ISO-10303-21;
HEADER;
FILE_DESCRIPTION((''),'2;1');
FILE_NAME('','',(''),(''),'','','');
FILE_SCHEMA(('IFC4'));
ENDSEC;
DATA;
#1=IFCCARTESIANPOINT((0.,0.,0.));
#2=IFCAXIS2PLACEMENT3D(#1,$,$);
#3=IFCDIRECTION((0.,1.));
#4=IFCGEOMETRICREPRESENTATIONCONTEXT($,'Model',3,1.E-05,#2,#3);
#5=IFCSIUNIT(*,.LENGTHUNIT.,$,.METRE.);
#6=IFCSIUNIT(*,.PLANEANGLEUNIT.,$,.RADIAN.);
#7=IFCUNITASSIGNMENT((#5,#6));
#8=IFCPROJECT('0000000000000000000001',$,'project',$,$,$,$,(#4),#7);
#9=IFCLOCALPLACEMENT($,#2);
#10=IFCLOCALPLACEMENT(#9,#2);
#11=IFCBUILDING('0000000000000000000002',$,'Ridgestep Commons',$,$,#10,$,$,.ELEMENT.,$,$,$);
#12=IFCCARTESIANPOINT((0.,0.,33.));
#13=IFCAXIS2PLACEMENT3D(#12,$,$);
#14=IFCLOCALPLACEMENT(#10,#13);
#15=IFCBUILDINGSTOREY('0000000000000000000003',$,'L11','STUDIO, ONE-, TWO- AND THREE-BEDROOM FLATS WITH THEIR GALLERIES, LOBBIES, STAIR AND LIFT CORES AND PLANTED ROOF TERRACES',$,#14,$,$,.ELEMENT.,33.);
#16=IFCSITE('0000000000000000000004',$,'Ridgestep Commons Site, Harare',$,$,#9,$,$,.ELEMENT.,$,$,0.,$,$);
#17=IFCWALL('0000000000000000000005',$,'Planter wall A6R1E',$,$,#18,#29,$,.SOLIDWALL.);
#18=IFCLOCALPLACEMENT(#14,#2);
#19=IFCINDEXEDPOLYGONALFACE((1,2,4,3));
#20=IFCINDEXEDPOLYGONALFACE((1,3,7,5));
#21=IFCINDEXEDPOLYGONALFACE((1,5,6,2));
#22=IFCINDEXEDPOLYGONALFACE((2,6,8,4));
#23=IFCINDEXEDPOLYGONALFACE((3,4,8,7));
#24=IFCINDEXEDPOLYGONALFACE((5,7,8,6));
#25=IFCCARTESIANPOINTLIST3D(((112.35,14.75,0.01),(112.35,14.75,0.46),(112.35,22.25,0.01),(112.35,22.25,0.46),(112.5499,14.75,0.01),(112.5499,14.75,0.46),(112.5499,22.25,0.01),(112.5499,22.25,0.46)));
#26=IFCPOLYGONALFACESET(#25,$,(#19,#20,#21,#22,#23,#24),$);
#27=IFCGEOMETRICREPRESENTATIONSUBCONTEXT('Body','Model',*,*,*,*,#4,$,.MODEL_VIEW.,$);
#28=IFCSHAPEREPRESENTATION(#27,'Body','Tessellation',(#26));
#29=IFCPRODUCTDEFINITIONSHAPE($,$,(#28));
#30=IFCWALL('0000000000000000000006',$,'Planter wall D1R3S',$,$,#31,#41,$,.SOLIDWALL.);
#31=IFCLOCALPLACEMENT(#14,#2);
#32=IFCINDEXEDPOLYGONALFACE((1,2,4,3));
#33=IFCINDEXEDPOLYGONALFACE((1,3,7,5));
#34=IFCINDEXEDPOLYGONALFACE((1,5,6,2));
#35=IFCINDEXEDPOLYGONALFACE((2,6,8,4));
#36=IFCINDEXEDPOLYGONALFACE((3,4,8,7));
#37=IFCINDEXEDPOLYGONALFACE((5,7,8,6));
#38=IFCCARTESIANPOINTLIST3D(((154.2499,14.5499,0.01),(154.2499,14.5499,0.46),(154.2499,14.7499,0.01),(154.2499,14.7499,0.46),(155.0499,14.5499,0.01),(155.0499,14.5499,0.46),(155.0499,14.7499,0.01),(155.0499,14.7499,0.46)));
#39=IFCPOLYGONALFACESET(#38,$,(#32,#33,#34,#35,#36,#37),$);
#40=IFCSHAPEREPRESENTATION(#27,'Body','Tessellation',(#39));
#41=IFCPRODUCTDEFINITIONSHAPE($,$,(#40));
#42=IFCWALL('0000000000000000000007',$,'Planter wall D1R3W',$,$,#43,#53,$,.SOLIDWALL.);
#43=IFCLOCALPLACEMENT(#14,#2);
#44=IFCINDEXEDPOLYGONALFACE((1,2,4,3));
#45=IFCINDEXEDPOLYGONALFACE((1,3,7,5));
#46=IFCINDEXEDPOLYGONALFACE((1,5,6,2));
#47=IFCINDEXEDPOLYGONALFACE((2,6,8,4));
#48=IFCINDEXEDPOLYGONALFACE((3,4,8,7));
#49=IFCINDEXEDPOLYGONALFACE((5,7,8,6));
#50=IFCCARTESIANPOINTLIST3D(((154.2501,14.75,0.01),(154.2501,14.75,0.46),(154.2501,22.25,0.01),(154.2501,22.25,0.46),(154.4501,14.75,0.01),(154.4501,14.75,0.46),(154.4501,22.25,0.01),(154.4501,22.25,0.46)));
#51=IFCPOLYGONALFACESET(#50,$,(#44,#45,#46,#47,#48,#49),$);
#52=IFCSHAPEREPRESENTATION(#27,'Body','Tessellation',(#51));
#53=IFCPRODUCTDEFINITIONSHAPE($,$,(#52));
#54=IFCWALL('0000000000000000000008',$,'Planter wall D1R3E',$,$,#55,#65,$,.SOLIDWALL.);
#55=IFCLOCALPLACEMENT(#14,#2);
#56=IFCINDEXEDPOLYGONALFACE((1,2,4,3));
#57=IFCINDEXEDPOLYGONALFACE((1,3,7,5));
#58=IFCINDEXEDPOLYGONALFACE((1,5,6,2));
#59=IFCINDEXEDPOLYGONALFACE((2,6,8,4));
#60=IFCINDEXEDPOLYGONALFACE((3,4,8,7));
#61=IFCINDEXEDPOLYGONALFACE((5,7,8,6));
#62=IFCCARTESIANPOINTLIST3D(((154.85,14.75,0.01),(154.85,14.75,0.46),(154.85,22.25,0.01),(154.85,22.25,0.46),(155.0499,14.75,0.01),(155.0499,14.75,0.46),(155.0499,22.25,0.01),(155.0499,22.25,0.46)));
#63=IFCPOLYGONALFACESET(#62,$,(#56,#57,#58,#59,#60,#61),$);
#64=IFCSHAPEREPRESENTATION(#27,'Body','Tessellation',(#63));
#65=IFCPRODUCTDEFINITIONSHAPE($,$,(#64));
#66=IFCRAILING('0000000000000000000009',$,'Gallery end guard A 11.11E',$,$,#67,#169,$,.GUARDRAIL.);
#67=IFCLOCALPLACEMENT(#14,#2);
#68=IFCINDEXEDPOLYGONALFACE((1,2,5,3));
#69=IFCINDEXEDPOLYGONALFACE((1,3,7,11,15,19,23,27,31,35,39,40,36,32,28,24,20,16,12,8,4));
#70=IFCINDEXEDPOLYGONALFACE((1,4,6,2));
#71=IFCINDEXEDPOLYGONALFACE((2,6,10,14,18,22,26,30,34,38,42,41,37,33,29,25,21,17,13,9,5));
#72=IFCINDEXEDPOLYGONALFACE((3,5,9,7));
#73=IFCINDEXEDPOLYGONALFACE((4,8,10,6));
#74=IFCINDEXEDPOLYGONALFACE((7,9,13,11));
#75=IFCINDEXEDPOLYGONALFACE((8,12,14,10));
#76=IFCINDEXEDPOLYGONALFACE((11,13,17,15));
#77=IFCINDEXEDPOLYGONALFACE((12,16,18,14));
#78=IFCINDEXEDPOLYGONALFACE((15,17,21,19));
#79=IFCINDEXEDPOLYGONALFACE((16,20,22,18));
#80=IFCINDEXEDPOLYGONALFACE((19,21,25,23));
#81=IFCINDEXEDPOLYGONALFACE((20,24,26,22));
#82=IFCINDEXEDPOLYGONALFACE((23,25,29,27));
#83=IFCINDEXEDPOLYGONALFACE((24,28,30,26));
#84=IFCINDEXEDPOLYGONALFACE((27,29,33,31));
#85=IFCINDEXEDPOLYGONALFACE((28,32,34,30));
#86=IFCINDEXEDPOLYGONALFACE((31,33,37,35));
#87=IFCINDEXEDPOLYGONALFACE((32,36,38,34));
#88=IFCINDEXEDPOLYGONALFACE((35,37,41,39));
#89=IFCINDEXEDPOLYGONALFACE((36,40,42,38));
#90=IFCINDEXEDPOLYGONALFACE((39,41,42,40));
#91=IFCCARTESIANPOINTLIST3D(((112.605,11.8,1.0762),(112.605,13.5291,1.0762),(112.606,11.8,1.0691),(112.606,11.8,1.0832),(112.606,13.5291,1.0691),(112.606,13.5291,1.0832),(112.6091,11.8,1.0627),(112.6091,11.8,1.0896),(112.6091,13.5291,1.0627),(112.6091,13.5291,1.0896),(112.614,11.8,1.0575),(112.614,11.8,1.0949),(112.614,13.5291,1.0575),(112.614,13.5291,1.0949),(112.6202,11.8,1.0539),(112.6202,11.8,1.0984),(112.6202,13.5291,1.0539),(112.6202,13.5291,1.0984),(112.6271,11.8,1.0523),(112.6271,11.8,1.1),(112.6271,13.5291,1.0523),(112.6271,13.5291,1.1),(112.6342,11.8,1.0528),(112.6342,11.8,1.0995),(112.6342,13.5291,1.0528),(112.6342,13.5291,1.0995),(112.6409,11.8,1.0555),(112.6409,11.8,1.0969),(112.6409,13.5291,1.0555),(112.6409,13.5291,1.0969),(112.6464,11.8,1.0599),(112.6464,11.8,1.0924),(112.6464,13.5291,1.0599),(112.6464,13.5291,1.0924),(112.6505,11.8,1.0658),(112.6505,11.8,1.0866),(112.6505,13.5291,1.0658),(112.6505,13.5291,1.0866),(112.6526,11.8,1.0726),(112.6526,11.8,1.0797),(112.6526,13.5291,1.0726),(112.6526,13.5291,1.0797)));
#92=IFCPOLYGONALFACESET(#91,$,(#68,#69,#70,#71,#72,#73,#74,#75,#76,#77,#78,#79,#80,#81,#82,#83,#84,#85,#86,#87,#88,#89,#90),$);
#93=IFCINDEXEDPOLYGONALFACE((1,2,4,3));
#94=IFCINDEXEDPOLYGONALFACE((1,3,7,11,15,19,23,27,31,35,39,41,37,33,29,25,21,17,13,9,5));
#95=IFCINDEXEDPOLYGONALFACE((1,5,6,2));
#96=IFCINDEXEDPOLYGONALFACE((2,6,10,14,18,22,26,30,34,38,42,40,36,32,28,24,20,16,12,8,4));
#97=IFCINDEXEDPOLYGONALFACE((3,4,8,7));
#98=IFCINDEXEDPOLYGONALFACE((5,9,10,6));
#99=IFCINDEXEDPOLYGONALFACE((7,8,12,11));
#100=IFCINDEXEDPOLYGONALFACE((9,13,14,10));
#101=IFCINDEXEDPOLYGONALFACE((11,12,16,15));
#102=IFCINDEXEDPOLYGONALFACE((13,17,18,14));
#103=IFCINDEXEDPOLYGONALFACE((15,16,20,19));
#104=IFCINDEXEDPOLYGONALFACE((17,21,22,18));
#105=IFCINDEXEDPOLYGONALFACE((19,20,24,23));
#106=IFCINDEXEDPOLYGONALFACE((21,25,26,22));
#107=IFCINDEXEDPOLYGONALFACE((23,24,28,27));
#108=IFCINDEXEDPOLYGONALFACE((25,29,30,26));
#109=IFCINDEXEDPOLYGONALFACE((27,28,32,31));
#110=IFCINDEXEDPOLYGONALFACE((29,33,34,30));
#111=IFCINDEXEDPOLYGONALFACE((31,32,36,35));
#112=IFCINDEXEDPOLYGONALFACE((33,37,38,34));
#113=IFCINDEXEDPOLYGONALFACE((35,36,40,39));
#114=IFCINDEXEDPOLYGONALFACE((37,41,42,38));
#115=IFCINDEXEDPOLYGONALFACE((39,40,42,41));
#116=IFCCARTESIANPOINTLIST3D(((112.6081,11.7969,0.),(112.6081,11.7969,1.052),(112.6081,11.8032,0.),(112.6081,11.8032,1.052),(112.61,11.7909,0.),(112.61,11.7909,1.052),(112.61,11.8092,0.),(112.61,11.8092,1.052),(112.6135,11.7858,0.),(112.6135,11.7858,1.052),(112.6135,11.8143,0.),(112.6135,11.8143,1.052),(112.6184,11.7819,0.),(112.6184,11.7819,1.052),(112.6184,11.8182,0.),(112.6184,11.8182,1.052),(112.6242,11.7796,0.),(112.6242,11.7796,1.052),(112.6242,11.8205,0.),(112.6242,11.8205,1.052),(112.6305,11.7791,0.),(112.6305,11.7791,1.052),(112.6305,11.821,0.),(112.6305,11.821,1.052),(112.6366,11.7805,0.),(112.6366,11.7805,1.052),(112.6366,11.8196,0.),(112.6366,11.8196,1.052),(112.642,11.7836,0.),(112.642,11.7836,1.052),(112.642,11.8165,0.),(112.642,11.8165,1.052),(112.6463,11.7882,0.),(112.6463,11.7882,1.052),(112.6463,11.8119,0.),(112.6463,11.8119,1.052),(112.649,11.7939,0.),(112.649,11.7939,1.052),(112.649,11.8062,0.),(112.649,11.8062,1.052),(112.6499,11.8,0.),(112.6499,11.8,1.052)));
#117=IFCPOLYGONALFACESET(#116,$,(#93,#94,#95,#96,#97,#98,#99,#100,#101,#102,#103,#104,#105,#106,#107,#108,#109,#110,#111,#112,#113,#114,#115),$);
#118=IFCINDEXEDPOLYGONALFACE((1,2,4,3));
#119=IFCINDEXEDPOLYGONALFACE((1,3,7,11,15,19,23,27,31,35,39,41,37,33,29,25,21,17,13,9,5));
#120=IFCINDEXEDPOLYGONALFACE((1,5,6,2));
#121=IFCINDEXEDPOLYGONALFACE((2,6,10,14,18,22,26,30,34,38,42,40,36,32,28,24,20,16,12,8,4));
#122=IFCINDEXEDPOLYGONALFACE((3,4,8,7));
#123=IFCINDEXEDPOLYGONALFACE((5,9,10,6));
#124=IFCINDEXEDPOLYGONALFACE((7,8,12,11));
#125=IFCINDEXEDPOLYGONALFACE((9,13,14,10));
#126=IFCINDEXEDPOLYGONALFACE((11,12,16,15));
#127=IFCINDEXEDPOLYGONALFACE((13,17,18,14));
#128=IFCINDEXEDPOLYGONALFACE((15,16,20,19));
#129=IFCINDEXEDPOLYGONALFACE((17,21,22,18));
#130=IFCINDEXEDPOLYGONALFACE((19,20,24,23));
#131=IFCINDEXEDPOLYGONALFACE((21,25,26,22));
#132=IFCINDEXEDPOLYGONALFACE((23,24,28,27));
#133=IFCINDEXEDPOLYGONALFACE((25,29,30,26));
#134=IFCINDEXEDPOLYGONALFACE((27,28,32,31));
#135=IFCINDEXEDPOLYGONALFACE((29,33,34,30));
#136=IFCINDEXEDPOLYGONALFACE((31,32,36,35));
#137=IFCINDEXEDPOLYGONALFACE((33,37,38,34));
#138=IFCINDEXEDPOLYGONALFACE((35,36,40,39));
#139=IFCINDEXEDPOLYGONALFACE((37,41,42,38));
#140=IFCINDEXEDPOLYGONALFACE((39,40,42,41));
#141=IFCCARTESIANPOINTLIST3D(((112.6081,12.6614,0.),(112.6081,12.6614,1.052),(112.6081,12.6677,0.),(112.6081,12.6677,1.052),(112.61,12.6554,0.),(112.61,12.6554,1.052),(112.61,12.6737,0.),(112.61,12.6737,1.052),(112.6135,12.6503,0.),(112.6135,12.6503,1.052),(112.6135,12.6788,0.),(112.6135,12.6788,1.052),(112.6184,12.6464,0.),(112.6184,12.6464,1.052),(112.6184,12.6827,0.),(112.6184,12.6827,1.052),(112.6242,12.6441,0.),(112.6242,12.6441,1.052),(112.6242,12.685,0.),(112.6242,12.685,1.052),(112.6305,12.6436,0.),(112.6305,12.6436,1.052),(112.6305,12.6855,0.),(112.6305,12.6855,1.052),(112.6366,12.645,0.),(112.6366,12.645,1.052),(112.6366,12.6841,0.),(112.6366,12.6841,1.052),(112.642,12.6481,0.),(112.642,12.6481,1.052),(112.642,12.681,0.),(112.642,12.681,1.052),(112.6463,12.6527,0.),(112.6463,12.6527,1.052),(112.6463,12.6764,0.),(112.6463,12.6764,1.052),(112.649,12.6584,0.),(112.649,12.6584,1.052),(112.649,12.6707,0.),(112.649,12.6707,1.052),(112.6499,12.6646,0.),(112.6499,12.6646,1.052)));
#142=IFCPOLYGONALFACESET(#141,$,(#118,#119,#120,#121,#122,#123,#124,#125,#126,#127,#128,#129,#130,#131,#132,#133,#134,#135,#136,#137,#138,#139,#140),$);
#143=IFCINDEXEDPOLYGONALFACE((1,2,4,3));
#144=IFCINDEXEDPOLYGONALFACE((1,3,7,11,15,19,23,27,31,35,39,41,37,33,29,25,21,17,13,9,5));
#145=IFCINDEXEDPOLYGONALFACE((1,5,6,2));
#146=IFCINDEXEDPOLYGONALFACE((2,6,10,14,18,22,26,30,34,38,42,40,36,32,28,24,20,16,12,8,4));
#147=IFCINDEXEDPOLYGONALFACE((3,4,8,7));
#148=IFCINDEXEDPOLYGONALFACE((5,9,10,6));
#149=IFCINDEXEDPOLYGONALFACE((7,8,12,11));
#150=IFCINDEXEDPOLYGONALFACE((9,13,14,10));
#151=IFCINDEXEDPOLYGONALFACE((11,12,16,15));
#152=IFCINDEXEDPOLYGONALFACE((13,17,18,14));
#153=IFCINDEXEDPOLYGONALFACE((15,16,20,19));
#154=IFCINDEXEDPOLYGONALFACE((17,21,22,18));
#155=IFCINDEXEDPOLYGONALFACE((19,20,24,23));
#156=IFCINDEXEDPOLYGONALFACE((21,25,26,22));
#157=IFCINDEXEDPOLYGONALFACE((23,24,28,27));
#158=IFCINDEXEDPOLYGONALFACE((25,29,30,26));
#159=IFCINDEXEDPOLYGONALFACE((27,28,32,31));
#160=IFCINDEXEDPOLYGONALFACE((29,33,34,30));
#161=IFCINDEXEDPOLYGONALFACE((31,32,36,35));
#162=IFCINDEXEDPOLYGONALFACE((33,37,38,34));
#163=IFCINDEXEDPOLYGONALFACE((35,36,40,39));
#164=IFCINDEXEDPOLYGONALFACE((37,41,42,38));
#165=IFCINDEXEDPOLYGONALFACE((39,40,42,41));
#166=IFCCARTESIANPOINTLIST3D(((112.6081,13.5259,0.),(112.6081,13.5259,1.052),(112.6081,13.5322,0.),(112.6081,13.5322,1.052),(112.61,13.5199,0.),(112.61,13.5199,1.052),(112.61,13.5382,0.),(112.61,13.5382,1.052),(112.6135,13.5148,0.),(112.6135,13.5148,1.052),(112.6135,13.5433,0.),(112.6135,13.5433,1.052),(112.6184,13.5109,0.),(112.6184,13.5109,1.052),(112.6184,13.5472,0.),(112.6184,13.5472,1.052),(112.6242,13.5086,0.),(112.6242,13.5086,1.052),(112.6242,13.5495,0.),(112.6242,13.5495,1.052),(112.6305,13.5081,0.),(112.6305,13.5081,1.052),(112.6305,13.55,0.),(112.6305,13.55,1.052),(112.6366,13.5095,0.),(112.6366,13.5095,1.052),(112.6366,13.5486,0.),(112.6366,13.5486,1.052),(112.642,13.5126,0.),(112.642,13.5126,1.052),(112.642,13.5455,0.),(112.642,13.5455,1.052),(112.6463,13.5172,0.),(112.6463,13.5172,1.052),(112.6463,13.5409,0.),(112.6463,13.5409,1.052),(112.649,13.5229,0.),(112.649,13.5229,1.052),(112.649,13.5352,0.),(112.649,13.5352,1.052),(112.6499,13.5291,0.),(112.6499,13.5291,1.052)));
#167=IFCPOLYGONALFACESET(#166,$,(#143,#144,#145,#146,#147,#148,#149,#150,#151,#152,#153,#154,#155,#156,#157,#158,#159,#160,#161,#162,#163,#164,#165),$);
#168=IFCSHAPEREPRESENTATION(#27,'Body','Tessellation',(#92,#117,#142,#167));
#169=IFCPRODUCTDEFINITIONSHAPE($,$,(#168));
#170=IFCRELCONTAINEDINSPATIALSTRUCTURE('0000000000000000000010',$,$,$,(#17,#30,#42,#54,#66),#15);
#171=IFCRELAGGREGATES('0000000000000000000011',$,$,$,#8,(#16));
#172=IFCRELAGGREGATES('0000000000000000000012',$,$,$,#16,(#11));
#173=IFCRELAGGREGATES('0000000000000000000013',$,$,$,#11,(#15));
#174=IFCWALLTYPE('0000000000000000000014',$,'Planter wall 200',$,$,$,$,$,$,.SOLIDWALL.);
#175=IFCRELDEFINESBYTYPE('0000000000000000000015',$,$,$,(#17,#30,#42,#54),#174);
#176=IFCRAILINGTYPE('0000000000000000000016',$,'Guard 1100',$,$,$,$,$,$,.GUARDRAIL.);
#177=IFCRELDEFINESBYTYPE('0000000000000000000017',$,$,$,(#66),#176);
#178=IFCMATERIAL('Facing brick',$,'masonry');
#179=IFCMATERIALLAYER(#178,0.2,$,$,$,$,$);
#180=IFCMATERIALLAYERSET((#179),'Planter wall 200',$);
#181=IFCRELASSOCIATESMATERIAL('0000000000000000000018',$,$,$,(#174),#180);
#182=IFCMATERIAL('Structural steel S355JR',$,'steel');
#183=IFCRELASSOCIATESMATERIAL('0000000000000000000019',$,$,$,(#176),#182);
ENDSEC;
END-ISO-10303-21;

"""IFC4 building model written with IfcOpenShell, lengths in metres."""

from ifc_helpers import new_model, si_unit, direction, frame, frame_2d, origin, origin_2d, place, context, subcontext, project, spatial, rectangle, circle, extrude, material, layer, layer_set, type_object, element, save


model = new_model("IFC4")

# Units and contexts
model_context = context("Model", 3, precision=1e-05, world=origin(), true_north=direction((0.0, 1.0)))
body_context = subcontext(model_context, "Body", "Model", "MODEL_VIEW")
ifc_project = project(units=[si_unit("LENGTHUNIT", "METRE"), si_unit("PLANEANGLEUNIT", "RADIAN")], contexts=[model_context])

# Site, building, storey
site_placement = place(None, origin())
site = spatial("IfcSite", under=ifc_project, at=site_placement, Name="Ridgestep Commons Site, Harare", CompositionType="ELEMENT", RefElevation=0.0)
building_placement = place(site_placement, origin())
building = spatial("IfcBuilding", under=site, at=building_placement, Name="Ridgestep Commons", CompositionType="ELEMENT")
storey_placement = place(building_placement, frame((0.0, 0.0, 33.0)))
storey = spatial("IfcBuildingStorey", under=building, at=storey_placement, Name="L11", Description="STUDIO, ONE-, TWO- AND THREE-BEDROOM FLATS WITH THEIR GALLERIES, LOBBIES, STAIR AND LIFT CORES AND PLANTED ROOF TERRACES", CompositionType="ELEMENT", Elevation=33.0)

# Walls
ifc_material_1 = material(Name="Facing brick", Category="masonry")
ifc_layer_1 = layer(ifc_material_1, 0.2)
ifc_layer_set_1 = layer_set([ifc_layer_1], Name="Planter wall 200")
wall_type_1 = type_object("IfcWallType", Name="Planter wall 200", PredefinedType="SOLIDWALL", material=ifc_layer_set_1)
wall_1_placement = place(storey_placement, frame((112.45, 14.75, 0.01), z_axis=(0.0, 0.0, 1.0), x_axis=(0.0, 1.0, 0.0)))
element("IfcWall", 1, at=wall_1_placement, inside=storey, type_object=wall_type_1, Name="Planter wall A6R1E", PredefinedType="SOLIDWALL", context=body_context, shape_type="SweptSolid", body=[
    extrude(rectangle(XDim=7.5, YDim=0.2, at=frame_2d((3.75, 0.0))), origin(), (0.0, 0.0, 1.0), 0.45),
])
wall_2_placement = place(storey_placement, frame((154.25, 14.6499, 0.01), z_axis=(0.0, 0.0, 1.0), x_axis=(1.0, 0.0, 0.0)))
element("IfcWall", 2, at=wall_2_placement, inside=storey, type_object=wall_type_1, Name="Planter wall D1R3S", PredefinedType="SOLIDWALL", context=body_context, shape_type="SweptSolid", body=[
    extrude(rectangle(XDim=0.8, YDim=0.2, at=frame_2d((0.3999, 0.0))), origin(), (0.0, 0.0, 1.0), 0.45),
])
for number, where, z_axis, x_axis, name in (
    (3, (154.3501, 14.75, 0.01), (0.0, 0.0, 1.0), (0.0, 1.0, 0.0), "Planter wall D1R3W"),
    (4, (154.95, 14.75, 0.01), (0.0, 0.0, 1.0), (0.0, 1.0, 0.0), "Planter wall D1R3E"),
):
    element("IfcWall", number, at=place(storey_placement, frame(where, z_axis=z_axis, x_axis=x_axis)), inside=storey, type_object=wall_type_1, Name=name, PredefinedType="SOLIDWALL", context=body_context, shape_type="SweptSolid", body=[
        extrude(rectangle(XDim=7.5, YDim=0.2, at=frame_2d((3.75, 0.0))), origin(), (0.0, 0.0, 1.0), 0.45),
    ])

# Railing
ifc_material_2 = material(Name="Structural steel S355JR", Category="steel")
railing_type = type_object("IfcRailingType", Name="Guard 1100", PredefinedType="GUARDRAIL", material=ifc_material_2)
railing_1_placement = place(storey_placement, frame((112.6289, 11.8, 0.0)))
element("IfcRailing", 5, at=railing_1_placement, inside=storey, type_object=railing_type, Name="Gallery end guard A 11.11E", PredefinedType="GUARDRAIL", context=body_context, shape_type="SweptSolid", body=[
    extrude(circle(Radius=0.0239, at=origin_2d()), frame((0.0, 0.0, 1.0762), z_axis=(0.0, 1.0, 0.0), x_axis=(-1.0, 0.0, 0.0)), (0.0, 0.0, 1.0), 1.729),
    extrude(circle(Radius=0.021, at=origin_2d()), origin(), (0.0, 0.0, 1.0), 1.052),
    extrude(circle(Radius=0.021, at=origin_2d()), frame((0.0, 0.8645, 0.0)), (0.0, 0.0, 1.0), 1.052),
    extrude(circle(Radius=0.021, at=origin_2d()), frame((0.0, 1.729, 0.0)), (0.0, 0.0, 1.0), 1.052),
])

save(model, "model.ifc")
